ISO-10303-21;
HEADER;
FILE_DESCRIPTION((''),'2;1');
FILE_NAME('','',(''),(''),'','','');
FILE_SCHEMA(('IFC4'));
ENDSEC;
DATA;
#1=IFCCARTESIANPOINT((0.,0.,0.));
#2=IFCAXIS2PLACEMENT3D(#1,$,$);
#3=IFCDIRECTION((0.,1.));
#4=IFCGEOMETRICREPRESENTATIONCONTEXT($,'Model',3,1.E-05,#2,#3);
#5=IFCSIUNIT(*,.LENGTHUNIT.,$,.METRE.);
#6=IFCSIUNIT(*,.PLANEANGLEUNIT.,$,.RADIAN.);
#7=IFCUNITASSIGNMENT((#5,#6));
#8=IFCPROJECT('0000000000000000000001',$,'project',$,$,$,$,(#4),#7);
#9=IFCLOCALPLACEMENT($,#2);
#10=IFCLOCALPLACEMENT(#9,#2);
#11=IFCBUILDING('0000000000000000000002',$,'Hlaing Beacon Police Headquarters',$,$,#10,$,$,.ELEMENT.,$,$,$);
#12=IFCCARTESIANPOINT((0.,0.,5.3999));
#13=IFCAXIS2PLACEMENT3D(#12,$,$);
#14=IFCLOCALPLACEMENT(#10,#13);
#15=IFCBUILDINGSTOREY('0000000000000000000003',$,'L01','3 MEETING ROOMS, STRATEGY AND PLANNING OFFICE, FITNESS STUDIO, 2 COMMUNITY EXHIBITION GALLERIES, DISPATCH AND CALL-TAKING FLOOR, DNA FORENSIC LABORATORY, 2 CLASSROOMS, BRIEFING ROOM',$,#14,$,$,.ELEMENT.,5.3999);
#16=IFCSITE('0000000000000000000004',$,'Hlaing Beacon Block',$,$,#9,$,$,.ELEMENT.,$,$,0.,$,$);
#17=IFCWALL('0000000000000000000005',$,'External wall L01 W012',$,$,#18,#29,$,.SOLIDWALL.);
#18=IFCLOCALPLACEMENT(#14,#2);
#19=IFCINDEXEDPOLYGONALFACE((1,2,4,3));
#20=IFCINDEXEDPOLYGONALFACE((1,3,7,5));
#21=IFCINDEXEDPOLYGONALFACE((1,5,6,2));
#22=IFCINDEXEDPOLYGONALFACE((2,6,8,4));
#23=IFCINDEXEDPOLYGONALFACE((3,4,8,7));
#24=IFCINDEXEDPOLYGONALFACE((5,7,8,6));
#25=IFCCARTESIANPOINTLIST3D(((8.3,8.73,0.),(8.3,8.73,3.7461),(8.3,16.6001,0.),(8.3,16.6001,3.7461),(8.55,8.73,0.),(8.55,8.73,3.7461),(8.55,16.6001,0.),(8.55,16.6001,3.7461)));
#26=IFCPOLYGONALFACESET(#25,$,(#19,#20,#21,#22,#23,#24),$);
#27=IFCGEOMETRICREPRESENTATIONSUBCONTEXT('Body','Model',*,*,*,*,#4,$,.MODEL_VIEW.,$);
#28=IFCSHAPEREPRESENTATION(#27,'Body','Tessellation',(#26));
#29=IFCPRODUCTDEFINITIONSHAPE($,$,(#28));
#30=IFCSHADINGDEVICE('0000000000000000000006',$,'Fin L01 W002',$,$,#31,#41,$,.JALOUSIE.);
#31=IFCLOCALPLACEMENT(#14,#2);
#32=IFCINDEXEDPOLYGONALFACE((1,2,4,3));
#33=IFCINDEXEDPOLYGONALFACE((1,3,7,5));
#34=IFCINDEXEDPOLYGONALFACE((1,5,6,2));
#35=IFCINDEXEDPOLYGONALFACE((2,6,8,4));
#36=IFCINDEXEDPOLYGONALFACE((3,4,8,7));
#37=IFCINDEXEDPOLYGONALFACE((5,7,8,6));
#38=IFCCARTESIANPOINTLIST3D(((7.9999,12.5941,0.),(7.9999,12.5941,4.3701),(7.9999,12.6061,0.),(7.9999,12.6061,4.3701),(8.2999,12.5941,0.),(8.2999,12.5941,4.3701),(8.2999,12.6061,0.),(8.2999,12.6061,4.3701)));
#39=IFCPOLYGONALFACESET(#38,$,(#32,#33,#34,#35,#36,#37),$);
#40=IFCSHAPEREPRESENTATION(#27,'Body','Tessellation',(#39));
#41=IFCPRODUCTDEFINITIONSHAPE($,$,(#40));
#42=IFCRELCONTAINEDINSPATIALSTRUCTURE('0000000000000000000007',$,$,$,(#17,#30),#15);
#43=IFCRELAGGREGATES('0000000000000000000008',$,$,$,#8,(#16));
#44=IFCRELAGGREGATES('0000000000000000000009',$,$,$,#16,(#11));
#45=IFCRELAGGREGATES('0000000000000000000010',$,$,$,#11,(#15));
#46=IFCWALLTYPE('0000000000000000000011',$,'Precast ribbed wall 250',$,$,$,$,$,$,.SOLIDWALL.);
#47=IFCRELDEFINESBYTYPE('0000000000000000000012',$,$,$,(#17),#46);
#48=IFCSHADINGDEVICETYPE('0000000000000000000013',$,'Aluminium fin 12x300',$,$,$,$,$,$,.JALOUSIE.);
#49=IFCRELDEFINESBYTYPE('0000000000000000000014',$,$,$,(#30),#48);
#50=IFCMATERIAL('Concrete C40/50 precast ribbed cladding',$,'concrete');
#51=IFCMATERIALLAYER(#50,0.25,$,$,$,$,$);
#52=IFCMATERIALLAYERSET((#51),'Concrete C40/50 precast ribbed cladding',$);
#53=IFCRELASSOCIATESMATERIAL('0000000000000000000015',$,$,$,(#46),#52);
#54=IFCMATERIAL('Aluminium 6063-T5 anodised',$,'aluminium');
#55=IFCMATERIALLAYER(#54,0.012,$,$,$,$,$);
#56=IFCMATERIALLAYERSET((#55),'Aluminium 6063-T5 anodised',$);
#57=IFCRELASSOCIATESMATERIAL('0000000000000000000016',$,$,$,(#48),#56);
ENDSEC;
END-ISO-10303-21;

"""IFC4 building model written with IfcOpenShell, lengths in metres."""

from ifc_helpers import new_model, si_unit, direction, frame, frame_2d, origin, origin_2d, place, context, subcontext, project, spatial, rectangle, extrude, material, layer, layer_set, type_object, element, save


model = new_model("IFC4")

# Units and contexts
model_context = context("Model", 3, precision=1e-05, world=origin(), true_north=direction((0.0, 1.0)))
body_context = subcontext(model_context, "Body", "Model", "MODEL_VIEW")
ifc_project = project(units=[si_unit("LENGTHUNIT", "METRE"), si_unit("PLANEANGLEUNIT", "RADIAN")], contexts=[model_context])

# Site, building, storey
site_placement = place(None, origin())
site = spatial("IfcSite", under=ifc_project, at=site_placement, Name="Hlaing Beacon Block", CompositionType="ELEMENT", RefElevation=0.0)
building_placement = place(site_placement, origin())
building = spatial("IfcBuilding", under=site, at=building_placement, Name="Hlaing Beacon Police Headquarters", CompositionType="ELEMENT")
storey_placement = place(building_placement, frame((0.0, 0.0, 5.3999)))
storey = spatial("IfcBuildingStorey", under=building, at=storey_placement, Name="L01", Description="3 MEETING ROOMS, STRATEGY AND PLANNING OFFICE, FITNESS STUDIO, 2 COMMUNITY EXHIBITION GALLERIES, DISPATCH AND CALL-TAKING FLOOR, DNA FORENSIC LABORATORY, 2 CLASSROOMS, BRIEFING ROOM", CompositionType="ELEMENT", Elevation=5.3999)

# Wall
ifc_material_1 = material(Name="Concrete C40/50 precast ribbed cladding", Category="concrete")
ifc_layer_1 = layer(ifc_material_1, 0.25)
ifc_layer_set_1 = layer_set([ifc_layer_1], Name="Concrete C40/50 precast ribbed cladding")
wall_type_1 = type_object("IfcWallType", Name="Precast ribbed wall 250", PredefinedType="SOLIDWALL", material=ifc_layer_set_1)
wall_1_placement = place(storey_placement, frame((8.425, 16.6001, 0.0), z_axis=(0.0, 0.0, 1.0), x_axis=(0.0, -1.0, 0.0)))
element("IfcWall", 1, at=wall_1_placement, inside=storey, type_object=wall_type_1, Name="External wall L01 W012", PredefinedType="SOLIDWALL", context=body_context, shape_type="SweptSolid", body=[
    extrude(rectangle(XDim=7.8701, YDim=0.25, at=frame_2d((3.9351, 0.0))), origin(), (0.0, 0.0, 1.0), 3.7461),
])

# Shading device
ifc_material_2 = material(Name="Aluminium 6063-T5 anodised", Category="aluminium")
ifc_layer_2 = layer(ifc_material_2, 0.012)
ifc_layer_set_2 = layer_set([ifc_layer_2], Name="Aluminium 6063-T5 anodised")
shading_device_type = type_object("IfcShadingDeviceType", Name="Aluminium fin 12x300", PredefinedType="JALOUSIE", material=ifc_layer_set_2)
shading_device_placement = place(storey_placement, frame((8.1499, 12.6001, 0.0), z_axis=(0.0, 0.0, 1.0), x_axis=(0.0, -1.0, 0.0)))
element("IfcShadingDevice", 2, at=shading_device_placement, inside=storey, type_object=shading_device_type, Name="Fin L01 W002", PredefinedType="JALOUSIE", context=body_context, shape_type="SweptSolid", body=[
    extrude(rectangle(XDim=0.012, YDim=0.3, at=origin_2d()), origin(), (0.0, 0.0, 1.0), 4.3701),
])

save(model, "model.ifc")
